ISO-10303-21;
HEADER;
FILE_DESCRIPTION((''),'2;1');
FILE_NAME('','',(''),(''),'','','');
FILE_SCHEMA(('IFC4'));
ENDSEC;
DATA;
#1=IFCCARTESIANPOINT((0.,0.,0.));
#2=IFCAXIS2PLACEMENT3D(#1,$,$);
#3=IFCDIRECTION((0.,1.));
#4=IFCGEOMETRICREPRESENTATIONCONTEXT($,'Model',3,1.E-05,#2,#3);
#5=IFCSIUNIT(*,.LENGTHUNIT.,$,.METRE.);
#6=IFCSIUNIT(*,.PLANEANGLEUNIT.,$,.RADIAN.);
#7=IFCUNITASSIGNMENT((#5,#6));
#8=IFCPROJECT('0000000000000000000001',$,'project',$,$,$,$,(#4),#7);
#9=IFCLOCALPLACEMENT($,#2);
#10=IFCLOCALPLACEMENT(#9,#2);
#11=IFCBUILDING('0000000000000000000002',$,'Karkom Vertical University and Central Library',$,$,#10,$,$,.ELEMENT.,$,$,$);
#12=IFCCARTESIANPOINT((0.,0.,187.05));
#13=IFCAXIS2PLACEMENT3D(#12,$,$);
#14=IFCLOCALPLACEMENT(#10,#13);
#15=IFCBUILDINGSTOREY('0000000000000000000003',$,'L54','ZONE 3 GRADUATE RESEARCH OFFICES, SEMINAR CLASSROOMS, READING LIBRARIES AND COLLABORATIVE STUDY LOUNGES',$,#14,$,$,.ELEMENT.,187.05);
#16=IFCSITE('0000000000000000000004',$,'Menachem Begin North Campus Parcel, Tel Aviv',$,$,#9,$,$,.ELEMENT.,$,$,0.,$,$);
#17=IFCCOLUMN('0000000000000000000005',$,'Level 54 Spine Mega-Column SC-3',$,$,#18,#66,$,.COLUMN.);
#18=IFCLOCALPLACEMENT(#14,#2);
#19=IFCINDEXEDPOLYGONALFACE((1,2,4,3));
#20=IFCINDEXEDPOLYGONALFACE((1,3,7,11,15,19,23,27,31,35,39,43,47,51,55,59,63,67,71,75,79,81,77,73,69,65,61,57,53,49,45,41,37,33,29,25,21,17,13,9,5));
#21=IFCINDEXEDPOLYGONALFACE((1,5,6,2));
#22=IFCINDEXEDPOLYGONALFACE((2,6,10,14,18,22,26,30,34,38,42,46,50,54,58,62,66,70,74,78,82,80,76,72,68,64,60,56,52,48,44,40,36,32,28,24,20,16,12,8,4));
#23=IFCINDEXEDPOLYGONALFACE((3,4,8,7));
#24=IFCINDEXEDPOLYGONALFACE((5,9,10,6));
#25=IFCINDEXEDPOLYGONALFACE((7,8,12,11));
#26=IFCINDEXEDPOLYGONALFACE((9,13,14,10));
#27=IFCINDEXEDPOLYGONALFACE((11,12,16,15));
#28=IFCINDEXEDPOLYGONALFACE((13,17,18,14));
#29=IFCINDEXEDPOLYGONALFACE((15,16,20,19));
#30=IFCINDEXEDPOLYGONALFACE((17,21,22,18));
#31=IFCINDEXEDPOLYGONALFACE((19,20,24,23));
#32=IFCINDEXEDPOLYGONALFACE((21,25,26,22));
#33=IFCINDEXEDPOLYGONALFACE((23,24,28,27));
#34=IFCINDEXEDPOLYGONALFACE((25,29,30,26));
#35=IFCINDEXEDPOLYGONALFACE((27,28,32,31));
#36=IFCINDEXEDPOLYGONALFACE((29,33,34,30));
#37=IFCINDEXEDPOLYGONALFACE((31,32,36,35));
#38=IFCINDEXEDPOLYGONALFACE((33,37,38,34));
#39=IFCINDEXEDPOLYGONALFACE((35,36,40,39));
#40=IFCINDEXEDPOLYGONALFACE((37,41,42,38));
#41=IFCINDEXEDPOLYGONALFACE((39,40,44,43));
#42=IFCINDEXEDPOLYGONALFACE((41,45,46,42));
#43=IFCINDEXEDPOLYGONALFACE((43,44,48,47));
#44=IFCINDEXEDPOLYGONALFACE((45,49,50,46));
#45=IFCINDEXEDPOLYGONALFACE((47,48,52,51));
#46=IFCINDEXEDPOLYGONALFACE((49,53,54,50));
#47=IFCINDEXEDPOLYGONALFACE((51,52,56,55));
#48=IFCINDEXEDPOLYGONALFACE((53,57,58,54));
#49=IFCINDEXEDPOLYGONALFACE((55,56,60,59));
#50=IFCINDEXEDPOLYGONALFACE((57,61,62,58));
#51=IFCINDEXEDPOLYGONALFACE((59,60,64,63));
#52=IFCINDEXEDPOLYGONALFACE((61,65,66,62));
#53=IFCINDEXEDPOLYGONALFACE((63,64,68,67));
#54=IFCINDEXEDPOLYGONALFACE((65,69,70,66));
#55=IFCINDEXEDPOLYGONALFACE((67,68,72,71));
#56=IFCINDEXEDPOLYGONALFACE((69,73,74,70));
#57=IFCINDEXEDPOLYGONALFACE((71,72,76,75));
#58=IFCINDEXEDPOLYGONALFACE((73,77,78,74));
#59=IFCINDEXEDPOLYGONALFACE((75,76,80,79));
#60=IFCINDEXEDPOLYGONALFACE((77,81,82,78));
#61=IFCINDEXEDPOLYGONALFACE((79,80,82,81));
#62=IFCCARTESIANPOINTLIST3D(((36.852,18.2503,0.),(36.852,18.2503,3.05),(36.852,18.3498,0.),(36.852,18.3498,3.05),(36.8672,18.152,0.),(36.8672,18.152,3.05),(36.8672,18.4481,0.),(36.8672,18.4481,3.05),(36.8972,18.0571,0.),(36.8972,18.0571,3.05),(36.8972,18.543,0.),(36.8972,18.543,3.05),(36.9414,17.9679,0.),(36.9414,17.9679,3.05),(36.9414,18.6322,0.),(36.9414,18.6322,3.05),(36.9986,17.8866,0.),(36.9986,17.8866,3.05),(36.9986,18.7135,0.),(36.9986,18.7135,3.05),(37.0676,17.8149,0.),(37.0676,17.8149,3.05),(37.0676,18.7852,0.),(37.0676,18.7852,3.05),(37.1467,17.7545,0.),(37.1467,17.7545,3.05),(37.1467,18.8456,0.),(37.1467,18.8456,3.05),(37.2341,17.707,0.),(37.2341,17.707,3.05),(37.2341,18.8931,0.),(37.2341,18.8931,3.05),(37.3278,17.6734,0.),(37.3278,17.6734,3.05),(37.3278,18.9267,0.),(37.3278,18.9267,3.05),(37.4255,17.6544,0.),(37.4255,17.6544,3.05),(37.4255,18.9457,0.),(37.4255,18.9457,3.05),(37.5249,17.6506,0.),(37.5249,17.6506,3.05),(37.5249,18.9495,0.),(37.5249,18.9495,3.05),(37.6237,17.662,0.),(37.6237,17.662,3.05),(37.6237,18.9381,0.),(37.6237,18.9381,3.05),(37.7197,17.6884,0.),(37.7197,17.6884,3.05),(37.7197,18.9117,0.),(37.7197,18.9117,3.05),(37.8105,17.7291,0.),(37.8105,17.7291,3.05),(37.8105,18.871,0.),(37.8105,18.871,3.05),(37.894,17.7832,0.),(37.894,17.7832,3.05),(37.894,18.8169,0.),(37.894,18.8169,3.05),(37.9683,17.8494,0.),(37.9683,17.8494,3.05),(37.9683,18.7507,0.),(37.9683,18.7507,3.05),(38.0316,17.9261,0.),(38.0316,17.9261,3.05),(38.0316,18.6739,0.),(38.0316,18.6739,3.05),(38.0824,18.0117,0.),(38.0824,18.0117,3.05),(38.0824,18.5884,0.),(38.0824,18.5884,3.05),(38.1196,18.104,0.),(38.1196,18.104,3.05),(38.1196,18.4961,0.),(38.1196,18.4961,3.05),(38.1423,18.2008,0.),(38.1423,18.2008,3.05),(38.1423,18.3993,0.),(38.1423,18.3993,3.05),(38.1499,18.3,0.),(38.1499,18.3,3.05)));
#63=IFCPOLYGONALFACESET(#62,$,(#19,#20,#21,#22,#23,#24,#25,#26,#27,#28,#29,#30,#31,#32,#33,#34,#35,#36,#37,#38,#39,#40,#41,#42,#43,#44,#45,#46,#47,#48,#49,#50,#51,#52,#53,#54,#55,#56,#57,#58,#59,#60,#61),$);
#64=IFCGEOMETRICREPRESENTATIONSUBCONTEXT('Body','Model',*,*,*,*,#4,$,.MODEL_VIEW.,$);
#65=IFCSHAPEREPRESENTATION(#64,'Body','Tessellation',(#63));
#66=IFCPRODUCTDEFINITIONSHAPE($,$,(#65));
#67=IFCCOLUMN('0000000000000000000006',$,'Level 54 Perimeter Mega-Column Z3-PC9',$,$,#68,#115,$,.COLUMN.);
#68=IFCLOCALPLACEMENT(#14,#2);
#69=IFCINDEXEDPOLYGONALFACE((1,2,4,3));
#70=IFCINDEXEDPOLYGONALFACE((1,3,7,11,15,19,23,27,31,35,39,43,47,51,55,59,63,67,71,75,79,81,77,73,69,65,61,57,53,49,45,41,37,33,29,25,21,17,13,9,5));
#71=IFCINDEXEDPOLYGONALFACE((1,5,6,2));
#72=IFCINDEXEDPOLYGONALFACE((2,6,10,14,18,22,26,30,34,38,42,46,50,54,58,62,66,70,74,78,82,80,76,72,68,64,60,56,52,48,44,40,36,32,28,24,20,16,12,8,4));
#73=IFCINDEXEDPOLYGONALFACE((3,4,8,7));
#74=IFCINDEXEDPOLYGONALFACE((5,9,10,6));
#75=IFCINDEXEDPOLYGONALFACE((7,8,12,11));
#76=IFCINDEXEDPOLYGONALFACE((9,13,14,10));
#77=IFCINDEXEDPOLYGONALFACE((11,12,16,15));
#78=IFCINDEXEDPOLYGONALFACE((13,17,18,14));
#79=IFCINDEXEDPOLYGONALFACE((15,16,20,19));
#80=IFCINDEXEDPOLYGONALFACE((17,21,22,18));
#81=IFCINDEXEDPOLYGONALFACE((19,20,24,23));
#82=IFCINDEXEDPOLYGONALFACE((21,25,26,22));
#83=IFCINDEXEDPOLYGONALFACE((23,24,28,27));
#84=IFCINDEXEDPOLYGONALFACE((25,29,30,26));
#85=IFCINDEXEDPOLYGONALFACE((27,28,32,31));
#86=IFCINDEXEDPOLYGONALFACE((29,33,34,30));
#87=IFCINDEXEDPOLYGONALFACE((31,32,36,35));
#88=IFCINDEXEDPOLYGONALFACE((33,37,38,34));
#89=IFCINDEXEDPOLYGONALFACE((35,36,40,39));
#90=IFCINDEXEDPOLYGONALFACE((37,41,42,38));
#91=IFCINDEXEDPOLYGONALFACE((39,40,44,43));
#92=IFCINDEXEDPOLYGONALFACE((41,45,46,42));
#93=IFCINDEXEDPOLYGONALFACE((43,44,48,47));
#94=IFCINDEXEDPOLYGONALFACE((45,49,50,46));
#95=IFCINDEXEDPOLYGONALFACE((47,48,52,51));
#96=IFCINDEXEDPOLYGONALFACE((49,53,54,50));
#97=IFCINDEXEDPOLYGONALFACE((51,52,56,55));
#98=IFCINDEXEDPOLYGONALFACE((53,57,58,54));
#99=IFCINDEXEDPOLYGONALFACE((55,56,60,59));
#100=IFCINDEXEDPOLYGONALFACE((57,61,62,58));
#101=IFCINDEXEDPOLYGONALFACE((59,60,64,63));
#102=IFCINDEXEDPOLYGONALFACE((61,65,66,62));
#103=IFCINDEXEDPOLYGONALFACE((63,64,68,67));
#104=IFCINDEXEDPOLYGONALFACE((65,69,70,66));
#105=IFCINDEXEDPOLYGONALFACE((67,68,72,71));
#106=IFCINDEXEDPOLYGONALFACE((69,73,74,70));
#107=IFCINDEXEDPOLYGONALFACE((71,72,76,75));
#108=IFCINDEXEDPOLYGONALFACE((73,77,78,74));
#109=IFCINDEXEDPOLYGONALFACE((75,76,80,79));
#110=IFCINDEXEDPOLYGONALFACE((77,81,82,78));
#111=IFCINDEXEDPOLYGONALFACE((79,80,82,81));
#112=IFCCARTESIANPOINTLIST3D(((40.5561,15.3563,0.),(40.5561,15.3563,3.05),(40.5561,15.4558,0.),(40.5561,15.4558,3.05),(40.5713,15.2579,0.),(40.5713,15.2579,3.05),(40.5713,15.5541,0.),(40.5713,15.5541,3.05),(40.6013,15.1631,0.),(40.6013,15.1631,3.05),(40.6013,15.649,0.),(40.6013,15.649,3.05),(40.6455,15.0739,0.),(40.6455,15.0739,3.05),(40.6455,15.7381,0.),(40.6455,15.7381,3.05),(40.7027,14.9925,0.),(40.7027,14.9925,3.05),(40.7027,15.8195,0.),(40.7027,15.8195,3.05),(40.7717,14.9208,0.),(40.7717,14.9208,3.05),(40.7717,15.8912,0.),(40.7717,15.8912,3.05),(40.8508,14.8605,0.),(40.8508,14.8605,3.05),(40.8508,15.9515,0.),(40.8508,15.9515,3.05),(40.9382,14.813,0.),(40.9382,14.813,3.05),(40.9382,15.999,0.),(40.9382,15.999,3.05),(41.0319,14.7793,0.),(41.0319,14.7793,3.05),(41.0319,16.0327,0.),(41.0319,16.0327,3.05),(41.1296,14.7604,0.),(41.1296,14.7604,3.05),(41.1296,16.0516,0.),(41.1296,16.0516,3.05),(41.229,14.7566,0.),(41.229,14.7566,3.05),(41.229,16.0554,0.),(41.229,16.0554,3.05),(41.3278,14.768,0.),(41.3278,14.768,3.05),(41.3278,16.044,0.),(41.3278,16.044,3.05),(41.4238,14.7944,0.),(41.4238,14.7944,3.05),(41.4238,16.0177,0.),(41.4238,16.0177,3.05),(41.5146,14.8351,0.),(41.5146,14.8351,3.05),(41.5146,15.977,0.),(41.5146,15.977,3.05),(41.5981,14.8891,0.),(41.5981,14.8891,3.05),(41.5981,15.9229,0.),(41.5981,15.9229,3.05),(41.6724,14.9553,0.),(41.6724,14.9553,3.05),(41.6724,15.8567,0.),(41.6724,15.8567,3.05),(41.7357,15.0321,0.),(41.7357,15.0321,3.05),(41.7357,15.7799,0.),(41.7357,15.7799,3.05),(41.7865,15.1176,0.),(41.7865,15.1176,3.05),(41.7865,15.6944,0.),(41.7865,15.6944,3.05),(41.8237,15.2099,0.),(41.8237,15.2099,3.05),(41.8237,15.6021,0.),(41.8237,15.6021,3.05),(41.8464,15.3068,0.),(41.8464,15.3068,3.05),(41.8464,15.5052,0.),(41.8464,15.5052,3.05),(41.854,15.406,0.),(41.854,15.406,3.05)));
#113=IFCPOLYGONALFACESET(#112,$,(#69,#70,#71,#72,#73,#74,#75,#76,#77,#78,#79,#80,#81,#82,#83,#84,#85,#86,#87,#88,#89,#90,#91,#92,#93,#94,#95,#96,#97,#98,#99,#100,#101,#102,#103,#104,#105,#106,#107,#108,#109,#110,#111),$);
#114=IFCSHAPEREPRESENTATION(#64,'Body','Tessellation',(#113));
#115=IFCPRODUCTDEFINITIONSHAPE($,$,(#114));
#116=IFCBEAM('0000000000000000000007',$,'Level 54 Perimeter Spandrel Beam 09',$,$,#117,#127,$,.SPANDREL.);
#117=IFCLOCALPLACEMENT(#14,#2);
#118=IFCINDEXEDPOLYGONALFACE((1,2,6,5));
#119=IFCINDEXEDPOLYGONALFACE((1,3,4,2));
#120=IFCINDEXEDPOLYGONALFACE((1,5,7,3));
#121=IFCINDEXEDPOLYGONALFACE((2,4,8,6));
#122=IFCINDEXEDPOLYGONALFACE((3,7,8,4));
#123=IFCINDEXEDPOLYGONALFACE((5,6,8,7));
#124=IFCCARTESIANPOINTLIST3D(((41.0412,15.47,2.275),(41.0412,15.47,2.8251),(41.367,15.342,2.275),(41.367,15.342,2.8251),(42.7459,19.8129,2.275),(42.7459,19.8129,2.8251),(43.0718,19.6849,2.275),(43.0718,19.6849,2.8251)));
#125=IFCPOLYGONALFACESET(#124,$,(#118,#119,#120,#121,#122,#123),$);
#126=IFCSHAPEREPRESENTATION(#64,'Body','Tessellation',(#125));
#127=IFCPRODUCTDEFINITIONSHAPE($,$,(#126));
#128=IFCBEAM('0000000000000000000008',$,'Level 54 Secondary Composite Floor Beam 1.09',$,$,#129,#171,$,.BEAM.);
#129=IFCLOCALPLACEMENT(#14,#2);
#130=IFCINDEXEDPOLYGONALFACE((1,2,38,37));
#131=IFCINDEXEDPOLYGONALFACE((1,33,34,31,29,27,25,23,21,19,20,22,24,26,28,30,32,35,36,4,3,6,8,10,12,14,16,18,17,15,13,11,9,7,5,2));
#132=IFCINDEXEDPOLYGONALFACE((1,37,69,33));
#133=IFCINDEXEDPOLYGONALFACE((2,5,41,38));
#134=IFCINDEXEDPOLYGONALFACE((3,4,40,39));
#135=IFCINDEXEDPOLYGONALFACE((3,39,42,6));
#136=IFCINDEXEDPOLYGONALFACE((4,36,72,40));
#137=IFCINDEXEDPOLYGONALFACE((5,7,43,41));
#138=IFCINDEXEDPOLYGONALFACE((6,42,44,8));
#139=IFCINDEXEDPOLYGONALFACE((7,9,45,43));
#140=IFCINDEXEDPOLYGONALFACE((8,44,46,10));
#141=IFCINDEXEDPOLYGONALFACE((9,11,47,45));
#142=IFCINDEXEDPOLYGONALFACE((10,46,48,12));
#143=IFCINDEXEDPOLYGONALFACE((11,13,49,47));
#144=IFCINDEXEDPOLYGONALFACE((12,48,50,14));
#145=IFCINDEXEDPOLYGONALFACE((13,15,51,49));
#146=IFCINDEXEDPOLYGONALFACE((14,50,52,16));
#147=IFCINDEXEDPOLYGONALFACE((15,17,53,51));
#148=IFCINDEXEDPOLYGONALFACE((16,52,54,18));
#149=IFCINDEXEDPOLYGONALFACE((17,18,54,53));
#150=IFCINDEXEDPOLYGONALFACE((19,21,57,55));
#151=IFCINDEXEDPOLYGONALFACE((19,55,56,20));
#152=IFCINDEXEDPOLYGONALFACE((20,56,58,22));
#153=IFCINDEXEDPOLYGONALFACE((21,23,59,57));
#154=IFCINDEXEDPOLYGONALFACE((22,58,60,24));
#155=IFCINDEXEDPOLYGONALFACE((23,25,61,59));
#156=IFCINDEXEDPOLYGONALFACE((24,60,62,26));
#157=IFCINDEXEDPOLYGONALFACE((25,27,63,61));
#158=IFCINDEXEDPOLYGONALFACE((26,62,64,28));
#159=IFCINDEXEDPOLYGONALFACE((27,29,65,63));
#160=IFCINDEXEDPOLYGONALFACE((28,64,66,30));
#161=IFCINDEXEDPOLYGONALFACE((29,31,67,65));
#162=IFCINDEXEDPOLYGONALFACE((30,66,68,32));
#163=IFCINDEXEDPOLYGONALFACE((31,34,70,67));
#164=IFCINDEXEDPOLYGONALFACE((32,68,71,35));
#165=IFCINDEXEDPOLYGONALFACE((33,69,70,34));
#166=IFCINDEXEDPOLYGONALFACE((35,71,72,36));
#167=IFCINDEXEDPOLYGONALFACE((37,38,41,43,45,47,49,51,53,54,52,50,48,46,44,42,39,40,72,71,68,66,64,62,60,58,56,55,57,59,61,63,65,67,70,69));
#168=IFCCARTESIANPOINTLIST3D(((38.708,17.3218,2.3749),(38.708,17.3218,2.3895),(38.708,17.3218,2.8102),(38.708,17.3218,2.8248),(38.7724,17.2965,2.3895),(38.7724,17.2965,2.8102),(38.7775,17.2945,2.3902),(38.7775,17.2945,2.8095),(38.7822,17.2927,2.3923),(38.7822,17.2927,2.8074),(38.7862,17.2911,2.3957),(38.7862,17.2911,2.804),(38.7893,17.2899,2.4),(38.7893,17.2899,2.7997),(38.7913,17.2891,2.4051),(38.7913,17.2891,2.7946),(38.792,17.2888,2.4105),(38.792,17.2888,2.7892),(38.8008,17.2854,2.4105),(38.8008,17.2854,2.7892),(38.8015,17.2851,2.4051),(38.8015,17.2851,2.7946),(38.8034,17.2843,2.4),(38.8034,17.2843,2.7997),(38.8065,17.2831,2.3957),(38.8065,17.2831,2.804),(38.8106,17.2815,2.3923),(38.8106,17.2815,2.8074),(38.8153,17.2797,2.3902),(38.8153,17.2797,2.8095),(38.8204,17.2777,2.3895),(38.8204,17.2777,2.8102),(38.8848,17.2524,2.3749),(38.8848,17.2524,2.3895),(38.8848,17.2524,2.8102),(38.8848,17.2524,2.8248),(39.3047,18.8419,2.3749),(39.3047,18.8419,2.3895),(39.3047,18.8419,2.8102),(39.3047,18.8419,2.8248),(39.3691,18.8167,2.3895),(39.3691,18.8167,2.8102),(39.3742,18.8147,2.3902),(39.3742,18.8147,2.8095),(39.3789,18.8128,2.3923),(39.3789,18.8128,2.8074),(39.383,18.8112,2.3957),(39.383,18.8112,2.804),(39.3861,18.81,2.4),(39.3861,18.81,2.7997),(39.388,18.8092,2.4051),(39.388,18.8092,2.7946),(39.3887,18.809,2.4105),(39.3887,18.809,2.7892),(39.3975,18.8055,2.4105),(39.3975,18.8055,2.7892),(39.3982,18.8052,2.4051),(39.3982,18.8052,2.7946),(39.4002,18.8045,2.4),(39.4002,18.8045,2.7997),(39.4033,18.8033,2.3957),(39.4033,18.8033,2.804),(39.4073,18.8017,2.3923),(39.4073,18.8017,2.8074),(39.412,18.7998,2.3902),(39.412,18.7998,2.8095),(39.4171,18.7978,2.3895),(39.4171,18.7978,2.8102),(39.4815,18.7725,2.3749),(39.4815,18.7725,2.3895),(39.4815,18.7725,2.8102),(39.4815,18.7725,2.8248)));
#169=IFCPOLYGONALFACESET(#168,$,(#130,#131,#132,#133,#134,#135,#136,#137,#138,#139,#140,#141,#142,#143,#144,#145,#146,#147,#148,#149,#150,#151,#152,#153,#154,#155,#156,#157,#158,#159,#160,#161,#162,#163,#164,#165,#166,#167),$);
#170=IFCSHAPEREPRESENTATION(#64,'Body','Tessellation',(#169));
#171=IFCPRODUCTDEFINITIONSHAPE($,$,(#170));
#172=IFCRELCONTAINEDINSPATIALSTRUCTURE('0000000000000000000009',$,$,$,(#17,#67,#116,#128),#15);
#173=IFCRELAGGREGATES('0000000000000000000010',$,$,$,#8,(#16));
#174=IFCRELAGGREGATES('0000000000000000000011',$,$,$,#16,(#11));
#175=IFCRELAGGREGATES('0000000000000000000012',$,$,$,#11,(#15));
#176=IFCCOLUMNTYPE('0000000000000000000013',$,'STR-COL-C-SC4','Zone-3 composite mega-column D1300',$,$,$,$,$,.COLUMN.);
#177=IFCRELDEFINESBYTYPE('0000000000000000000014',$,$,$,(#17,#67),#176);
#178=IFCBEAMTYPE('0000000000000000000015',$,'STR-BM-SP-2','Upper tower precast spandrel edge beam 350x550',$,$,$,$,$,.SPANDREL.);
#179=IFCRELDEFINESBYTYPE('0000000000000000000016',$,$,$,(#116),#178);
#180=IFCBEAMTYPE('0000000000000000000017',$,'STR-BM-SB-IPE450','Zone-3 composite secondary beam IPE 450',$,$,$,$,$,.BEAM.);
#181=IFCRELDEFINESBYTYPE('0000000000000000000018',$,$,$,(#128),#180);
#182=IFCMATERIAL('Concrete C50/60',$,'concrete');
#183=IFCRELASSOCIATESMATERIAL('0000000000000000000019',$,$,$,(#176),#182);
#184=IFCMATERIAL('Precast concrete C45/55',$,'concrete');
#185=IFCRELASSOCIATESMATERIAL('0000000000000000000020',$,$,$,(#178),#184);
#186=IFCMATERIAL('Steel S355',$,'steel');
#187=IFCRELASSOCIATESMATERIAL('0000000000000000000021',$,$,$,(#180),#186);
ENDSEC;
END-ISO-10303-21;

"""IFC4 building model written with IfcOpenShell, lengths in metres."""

from ifc_helpers import new_model, si_unit, direction, frame, origin, origin_with_axes, origin_2d, place, context, subcontext, project, spatial, rectangle, circle, i_section, extrude, source, transform, mapped, material, material_profile, profile_set, type_object, element, save


model = new_model("IFC4")

# Units and contexts
model_context = context("Model", 3, precision=1e-05, world=origin(), true_north=direction((0.0, 1.0)))
body_context = subcontext(model_context, "Body", "Model", "MODEL_VIEW")
ifc_project = project(units=[si_unit("LENGTHUNIT", "METRE"), si_unit("PLANEANGLEUNIT", "RADIAN")], contexts=[model_context])

# Site, building, storey
site_placement = place(None, origin())
site = spatial("IfcSite", under=ifc_project, at=site_placement, Name="Menachem Begin North Campus Parcel, Tel Aviv", CompositionType="ELEMENT", RefElevation=0.0)
building_placement = place(site_placement, origin())
building = spatial("IfcBuilding", under=site, at=building_placement, Name="Karkom Vertical University and Central Library", CompositionType="ELEMENT")
storey_placement = place(building_placement, frame((0.0, 0.0, 187.05)))
storey = spatial("IfcBuildingStorey", under=building, at=storey_placement, Name="L54", Description="ZONE 3 GRADUATE RESEARCH OFFICES, SEMINAR CLASSROOMS, READING LIBRARIES AND COLLABORATIVE STUDY LOUNGES", CompositionType="ELEMENT", Elevation=187.05)

# Columns
ifc_material_1 = material(Name="Concrete C50/60", Category="concrete")
ifc_material_profile_1 = material_profile(ifc_material_1, circle(Radius=0.6499, at=origin_2d()), Name="CFT-D1300")
ifc_profile_set_1 = profile_set([ifc_material_profile_1], Name="Concrete C50/60")
column_type = type_object("IfcColumnType", Name="STR-COL-C-SC4", Description="Zone-3 composite mega-column D1300", PredefinedType="COLUMN", material=ifc_profile_set_1)
shared_shape_1 = source(origin_with_axes(), body_context, "Body", "SweptSolid", [
    extrude(circle(Radius=0.6499, at=origin_2d()), origin(), (0.0, 0.0, 1.0), 3.05),
])
for number, where, z_axis, x_axis, name in (
    (1, (37.5, 18.3, 0.0), (0.0, 0.0, 1.0), (1.0, 0.0, 0.0), "Level 54 Spine Mega-Column SC-3"),
    (2, (41.2041, 15.406, 0.0), (0.0, 0.0, 1.0), (1.0, 0.0, 0.0), "Level 54 Perimeter Mega-Column Z3-PC9"),
):
    element("IfcColumn", number, at=place(storey_placement, frame(where, z_axis=z_axis, x_axis=x_axis)), inside=storey, type_object=column_type, Name=name, PredefinedType="COLUMN", context=body_context, shape_type="MappedRepresentation", body=[
        mapped(shared_shape_1, transform((0.0, 0.0, 0.0), scale=1.0)),
    ])

# Beams
ifc_material_2 = material(Name="Precast concrete C45/55", Category="concrete")
ifc_material_profile_2 = material_profile(ifc_material_2, rectangle(XDim=0.3501, YDim=0.55, at=origin_2d()), Name="SPB-350x550")
ifc_profile_set_2 = profile_set([ifc_material_profile_2], Name="Precast concrete C45/55")
beam_type_1 = type_object("IfcBeamType", Name="STR-BM-SP-2", Description="Upper tower precast spandrel edge beam 350x550", PredefinedType="SPANDREL", material=ifc_profile_set_2)
shared_shape_2 = source(origin_with_axes(), body_context, "Body", "SweptSolid", [
    extrude(rectangle(XDim=0.3501, YDim=0.55, at=origin_2d()), origin(), (0.0, 0.0, 1.0), 4.6655),
])
beam_1_placement = place(storey_placement, frame((41.2041, 15.406, 2.55), z_axis=(0.365401, 0.93085, 0.0), x_axis=(-0.93085, 0.365401, 0.0)))
element("IfcBeam", 3, at=beam_1_placement, inside=storey, type_object=beam_type_1, Name="Level 54 Perimeter Spandrel Beam 09", PredefinedType="SPANDREL", context=body_context, shape_type="MappedRepresentation", body=[
    mapped(shared_shape_2, transform((0.0, 0.0, 0.0), scale=1.0)),
])
ifc_material_3 = material(Name="Steel S355", Category="steel")
ifc_material_profile_3 = material_profile(ifc_material_3, i_section(OverallWidth=0.1899, OverallDepth=0.45, WebThickness=0.0095, FlangeThickness=0.0146, FilletRadius=0.021, at=origin_2d()), Name="IPE 450")
ifc_profile_set_3 = profile_set([ifc_material_profile_3], Name="Steel S355")
beam_type_2 = type_object("IfcBeamType", Name="STR-BM-SB-IPE450", Description="Zone-3 composite secondary beam IPE 450", PredefinedType="BEAM", material=ifc_profile_set_3)
shared_shape_3 = source(origin_with_axes(), body_context, "Body", "SweptSolid", [
    extrude(i_section(OverallWidth=0.1899, OverallDepth=0.45, WebThickness=0.0095, FlangeThickness=0.0146, FilletRadius=0.021, at=origin_2d()), origin(), (0.0, 0.0, 1.0), 1.6331),
])
beam_2_placement = place(storey_placement, frame((38.7964, 17.2871, 2.5999), z_axis=(0.365403, 0.93085, 0.0), x_axis=(-0.93085, 0.365403, 0.0)))
element("IfcBeam", 4, at=beam_2_placement, inside=storey, type_object=beam_type_2, Name="Level 54 Secondary Composite Floor Beam 1.09", PredefinedType="BEAM", context=body_context, shape_type="MappedRepresentation", body=[
    mapped(shared_shape_3, transform((0.0, 0.0, 0.0), scale=1.0)),
])

save(model, "model.ifc")
